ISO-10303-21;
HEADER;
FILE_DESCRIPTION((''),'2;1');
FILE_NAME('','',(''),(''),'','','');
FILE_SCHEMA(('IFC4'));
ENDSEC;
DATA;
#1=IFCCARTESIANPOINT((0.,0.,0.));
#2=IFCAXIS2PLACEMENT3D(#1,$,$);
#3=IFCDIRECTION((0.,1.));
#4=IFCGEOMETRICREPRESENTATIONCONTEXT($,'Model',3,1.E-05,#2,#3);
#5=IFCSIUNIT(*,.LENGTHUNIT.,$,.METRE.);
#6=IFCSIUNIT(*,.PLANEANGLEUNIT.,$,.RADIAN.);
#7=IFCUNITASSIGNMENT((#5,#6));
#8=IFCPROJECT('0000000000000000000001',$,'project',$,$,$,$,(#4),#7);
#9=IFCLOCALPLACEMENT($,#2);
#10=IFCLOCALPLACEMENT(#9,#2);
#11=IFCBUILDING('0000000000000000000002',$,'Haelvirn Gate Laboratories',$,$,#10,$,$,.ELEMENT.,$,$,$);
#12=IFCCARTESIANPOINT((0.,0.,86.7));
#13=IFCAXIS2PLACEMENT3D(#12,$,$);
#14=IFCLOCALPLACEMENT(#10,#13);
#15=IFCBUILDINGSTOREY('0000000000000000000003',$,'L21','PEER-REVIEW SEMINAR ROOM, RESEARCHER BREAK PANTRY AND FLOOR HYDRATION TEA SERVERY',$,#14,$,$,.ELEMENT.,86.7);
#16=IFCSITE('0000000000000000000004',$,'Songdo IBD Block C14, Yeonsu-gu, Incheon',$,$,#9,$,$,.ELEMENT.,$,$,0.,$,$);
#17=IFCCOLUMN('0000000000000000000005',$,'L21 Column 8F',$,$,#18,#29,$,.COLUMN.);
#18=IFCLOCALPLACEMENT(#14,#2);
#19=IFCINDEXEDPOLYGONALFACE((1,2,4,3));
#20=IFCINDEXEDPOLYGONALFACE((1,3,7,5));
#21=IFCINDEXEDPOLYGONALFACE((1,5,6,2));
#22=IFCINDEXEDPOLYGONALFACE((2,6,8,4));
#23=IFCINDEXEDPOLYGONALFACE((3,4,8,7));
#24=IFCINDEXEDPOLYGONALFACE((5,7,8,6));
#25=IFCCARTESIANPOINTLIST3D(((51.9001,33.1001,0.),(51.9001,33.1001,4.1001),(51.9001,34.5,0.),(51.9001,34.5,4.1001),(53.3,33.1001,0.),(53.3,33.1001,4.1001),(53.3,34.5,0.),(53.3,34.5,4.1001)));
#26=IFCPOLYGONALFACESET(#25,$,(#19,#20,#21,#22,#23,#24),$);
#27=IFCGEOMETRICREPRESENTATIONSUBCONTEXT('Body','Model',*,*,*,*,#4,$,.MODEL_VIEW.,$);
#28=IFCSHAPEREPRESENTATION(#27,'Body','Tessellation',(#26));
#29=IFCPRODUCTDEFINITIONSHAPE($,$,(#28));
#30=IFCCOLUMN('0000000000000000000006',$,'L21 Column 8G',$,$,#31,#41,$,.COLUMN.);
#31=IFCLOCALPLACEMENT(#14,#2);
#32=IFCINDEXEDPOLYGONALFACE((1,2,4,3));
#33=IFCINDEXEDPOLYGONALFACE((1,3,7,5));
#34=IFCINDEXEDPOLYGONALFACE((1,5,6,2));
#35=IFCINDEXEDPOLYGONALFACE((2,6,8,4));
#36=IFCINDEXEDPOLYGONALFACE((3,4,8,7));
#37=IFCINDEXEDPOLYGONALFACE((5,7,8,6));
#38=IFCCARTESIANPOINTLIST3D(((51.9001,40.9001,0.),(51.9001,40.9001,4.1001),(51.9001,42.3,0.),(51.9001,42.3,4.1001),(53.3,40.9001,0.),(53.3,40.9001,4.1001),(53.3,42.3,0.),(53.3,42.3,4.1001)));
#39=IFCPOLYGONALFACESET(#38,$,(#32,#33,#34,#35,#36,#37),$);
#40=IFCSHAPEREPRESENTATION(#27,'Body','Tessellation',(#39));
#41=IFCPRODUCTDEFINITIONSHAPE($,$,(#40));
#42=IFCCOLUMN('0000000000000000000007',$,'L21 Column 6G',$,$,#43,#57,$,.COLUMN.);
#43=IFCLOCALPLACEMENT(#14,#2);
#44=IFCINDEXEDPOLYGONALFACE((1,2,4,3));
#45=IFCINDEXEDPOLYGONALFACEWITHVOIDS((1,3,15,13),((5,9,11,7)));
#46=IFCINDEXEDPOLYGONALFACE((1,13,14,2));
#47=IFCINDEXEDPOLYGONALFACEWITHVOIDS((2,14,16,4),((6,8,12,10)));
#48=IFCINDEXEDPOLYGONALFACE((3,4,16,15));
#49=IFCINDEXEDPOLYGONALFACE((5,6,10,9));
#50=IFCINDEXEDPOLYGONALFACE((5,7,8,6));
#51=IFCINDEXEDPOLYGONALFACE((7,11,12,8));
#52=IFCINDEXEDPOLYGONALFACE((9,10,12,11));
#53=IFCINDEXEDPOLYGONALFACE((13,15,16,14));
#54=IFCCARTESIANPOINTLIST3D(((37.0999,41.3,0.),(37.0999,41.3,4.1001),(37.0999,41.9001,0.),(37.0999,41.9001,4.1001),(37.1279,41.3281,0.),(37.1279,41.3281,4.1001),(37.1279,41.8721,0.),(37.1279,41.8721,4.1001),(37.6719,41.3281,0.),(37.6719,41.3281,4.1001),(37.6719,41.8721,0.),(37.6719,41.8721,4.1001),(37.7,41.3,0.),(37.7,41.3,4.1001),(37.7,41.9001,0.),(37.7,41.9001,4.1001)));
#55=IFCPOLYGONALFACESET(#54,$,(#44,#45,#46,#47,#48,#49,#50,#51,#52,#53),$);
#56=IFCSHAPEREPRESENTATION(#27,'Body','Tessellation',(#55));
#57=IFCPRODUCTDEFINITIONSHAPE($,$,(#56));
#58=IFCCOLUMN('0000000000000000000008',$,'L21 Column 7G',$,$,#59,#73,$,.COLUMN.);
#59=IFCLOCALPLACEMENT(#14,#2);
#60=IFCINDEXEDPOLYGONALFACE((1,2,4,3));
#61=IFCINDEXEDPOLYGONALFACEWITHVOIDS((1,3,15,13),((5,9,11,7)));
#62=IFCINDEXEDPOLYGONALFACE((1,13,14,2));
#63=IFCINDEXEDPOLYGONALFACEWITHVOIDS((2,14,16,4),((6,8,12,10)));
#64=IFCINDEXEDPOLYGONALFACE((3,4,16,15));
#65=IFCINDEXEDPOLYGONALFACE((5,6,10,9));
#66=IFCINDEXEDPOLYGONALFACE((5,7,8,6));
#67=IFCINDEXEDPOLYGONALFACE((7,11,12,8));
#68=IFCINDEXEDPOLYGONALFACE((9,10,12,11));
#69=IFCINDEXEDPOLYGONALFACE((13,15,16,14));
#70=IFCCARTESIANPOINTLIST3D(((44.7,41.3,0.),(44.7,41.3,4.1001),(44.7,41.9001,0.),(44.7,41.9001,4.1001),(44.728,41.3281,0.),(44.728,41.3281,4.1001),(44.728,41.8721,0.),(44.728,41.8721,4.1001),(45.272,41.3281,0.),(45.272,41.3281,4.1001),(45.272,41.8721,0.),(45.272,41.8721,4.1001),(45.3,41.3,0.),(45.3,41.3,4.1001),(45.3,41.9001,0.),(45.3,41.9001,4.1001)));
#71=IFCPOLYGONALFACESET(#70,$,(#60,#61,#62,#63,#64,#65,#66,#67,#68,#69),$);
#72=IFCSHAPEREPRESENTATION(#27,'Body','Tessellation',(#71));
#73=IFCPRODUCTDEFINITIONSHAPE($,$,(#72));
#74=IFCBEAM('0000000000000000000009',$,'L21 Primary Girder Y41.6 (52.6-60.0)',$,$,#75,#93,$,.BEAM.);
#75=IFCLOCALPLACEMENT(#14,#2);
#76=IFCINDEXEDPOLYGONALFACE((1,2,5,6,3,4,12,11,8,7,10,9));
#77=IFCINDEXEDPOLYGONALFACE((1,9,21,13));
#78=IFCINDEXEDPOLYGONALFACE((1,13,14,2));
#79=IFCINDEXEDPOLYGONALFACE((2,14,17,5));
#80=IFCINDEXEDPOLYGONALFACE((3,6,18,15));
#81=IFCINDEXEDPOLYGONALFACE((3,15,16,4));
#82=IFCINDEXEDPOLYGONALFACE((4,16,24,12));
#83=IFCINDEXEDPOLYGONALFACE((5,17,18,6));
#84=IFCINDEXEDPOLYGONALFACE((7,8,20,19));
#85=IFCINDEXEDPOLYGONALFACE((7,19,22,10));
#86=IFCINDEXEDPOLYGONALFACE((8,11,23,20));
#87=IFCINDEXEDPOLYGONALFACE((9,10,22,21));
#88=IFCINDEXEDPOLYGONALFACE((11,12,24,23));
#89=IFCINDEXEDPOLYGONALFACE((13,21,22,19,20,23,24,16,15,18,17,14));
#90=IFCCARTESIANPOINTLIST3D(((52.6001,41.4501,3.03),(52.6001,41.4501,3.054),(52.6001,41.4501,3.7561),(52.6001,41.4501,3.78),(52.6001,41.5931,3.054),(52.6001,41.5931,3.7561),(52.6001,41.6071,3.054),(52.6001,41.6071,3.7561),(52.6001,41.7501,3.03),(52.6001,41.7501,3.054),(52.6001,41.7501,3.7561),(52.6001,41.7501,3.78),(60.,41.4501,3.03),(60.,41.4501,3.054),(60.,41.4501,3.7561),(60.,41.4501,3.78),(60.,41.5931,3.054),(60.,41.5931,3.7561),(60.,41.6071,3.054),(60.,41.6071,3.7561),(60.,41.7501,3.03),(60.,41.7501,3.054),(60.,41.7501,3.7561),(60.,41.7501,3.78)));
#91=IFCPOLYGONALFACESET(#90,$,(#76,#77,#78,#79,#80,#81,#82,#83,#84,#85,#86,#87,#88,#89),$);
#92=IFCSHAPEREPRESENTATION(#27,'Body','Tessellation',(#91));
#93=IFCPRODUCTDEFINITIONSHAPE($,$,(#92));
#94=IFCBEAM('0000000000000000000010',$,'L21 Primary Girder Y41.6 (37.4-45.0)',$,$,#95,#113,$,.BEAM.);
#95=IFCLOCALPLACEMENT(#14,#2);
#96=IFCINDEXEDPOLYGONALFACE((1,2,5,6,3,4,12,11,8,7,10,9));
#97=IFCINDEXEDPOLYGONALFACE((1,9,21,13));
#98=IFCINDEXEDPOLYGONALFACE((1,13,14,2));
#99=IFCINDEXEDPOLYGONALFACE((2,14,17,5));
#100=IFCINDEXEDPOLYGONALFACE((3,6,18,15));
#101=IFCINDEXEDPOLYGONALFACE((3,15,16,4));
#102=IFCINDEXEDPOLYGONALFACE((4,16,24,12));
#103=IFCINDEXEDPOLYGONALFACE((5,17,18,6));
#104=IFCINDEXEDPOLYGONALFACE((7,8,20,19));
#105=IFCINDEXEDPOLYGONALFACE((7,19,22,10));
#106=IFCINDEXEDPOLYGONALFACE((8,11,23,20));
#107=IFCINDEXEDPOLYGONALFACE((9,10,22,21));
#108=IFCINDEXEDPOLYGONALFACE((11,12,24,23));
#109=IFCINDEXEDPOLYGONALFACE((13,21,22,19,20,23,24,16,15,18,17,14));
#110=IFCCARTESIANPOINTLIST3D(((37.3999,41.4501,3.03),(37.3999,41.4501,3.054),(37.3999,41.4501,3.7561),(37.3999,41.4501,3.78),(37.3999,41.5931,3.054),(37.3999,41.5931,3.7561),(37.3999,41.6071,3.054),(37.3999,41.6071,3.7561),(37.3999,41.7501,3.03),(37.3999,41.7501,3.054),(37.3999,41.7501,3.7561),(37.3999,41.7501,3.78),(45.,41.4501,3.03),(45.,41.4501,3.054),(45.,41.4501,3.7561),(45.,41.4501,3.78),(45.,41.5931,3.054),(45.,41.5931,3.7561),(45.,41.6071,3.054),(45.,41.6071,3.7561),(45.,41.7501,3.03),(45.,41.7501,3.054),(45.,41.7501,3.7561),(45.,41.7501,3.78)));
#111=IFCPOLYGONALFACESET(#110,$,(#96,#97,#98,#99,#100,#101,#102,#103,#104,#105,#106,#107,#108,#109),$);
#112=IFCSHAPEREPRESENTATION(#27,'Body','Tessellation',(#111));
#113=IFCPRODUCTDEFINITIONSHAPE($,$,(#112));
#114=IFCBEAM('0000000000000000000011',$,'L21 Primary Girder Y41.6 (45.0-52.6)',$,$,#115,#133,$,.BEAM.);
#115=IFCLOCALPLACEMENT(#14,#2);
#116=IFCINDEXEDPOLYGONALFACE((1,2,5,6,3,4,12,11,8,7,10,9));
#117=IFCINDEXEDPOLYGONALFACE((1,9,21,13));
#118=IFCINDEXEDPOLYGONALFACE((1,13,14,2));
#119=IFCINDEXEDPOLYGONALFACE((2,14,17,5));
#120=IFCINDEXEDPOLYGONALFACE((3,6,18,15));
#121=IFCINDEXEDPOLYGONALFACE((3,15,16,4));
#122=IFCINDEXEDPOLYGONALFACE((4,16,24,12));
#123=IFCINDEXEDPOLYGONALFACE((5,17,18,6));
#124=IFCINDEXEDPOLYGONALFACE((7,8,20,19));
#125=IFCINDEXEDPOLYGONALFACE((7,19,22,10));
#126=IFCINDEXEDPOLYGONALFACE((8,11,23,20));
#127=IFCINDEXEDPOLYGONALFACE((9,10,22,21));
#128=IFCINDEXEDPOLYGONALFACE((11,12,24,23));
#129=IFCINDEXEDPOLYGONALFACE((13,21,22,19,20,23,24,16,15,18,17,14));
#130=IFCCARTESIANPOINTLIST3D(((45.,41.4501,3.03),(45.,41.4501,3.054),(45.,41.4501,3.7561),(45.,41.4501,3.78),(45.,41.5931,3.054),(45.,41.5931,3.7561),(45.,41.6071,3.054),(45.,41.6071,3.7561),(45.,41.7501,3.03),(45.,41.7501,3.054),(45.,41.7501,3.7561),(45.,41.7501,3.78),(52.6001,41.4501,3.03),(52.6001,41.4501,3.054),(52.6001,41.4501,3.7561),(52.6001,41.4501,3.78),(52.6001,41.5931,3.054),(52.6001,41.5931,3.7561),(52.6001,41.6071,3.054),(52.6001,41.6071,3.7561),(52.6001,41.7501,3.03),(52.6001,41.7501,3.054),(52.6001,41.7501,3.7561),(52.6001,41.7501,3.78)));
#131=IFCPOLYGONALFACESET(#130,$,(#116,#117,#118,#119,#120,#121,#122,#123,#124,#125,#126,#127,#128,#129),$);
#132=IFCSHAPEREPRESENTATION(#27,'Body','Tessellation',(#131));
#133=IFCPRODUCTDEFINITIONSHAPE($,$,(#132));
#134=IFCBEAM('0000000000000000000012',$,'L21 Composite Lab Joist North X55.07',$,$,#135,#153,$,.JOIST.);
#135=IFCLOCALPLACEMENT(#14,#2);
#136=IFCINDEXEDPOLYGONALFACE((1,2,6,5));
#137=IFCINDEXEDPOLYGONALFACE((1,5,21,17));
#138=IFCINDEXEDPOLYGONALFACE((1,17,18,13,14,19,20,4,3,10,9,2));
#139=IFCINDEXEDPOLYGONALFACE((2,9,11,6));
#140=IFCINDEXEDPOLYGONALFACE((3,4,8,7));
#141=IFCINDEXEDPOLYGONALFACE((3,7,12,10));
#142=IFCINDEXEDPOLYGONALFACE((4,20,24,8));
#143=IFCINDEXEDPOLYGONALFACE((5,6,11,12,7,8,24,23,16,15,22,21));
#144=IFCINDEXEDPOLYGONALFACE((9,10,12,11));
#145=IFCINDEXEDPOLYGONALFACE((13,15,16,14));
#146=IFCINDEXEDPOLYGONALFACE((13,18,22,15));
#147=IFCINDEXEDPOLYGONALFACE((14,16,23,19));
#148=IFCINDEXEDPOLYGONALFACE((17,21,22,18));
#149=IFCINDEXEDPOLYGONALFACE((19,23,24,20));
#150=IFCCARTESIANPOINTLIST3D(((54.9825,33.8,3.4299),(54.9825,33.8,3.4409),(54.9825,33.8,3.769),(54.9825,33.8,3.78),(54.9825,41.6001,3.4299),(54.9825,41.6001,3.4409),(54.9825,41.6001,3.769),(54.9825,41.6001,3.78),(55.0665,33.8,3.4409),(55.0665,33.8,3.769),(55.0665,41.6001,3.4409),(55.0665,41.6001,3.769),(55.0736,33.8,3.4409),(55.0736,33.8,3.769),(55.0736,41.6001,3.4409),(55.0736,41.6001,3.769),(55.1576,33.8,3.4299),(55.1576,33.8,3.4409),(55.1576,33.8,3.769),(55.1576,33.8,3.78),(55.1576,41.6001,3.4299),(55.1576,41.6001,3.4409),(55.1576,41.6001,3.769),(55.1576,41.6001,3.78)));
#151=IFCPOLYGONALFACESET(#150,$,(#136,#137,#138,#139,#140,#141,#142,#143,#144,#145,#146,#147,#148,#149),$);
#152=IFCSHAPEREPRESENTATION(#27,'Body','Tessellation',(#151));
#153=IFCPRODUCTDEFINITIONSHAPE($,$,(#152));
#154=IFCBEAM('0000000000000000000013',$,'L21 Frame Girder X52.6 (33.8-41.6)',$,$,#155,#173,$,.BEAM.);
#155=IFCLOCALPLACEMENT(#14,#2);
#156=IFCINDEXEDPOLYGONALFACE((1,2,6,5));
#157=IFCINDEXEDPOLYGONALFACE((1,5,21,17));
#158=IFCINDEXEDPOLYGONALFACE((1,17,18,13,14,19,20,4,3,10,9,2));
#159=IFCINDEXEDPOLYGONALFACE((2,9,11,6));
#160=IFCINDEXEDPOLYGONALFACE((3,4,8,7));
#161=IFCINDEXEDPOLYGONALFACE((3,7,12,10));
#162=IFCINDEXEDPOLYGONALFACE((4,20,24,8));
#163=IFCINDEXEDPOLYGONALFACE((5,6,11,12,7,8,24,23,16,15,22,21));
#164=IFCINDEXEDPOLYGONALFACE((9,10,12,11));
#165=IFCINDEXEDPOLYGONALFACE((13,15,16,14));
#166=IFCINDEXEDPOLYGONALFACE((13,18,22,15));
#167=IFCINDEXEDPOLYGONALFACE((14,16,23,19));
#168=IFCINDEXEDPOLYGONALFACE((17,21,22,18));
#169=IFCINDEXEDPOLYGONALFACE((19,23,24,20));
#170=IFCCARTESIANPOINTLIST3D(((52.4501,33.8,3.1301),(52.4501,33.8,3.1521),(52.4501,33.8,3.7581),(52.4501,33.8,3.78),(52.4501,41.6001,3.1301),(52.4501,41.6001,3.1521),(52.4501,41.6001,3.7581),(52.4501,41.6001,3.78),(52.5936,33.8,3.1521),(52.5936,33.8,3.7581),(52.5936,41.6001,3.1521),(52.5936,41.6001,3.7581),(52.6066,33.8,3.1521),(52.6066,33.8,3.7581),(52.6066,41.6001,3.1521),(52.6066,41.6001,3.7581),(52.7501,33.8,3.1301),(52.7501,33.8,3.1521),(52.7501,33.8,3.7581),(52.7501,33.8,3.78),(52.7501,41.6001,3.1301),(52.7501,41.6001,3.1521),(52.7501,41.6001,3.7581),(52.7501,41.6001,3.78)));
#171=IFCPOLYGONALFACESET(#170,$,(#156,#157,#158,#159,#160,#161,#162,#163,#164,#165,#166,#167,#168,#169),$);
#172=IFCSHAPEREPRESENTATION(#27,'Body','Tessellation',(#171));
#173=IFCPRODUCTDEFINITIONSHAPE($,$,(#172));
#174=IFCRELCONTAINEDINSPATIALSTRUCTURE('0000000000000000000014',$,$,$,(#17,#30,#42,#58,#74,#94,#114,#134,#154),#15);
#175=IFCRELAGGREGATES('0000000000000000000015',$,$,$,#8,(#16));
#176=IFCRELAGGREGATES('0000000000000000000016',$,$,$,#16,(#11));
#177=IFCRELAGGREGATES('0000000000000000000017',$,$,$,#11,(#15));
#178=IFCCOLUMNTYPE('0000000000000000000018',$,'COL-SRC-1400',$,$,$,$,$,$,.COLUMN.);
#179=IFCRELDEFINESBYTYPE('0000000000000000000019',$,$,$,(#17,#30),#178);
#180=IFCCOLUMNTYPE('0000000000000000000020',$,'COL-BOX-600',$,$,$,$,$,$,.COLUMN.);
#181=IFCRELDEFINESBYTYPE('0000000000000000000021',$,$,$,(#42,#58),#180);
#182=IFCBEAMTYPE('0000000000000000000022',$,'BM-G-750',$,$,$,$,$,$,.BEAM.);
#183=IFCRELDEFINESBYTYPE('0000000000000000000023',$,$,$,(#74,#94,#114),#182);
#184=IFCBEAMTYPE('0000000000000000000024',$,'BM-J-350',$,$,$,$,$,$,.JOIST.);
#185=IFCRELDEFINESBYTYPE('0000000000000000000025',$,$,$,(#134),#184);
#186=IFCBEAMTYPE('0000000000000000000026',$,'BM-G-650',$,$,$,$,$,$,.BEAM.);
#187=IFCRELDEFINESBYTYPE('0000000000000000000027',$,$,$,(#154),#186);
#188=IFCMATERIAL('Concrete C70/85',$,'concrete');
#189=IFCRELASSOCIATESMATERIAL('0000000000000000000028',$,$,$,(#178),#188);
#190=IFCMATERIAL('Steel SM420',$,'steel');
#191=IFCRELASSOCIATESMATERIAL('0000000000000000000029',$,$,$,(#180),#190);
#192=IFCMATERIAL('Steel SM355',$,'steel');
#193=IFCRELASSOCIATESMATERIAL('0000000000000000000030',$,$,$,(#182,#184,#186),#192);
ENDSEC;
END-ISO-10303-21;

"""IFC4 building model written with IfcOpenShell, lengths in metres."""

from ifc_helpers import new_model, si_unit, direction, frame, origin, origin_2d, place, context, subcontext, project, spatial, rectangle, hollow_rectangle, i_section, extrude, source, transform, mapped, material, material_profile, profile_set, type_object, type_shapes, element, save


model = new_model("IFC4")

# Units and contexts
model_context = context("Model", 3, precision=1e-05, world=origin(), true_north=direction((0.0, 1.0)))
body_context = subcontext(model_context, "Body", "Model", "MODEL_VIEW")
ifc_project = project(units=[si_unit("LENGTHUNIT", "METRE"), si_unit("PLANEANGLEUNIT", "RADIAN")], contexts=[model_context])

# Site, building, storey
site_placement = place(None, origin())
site = spatial("IfcSite", under=ifc_project, at=site_placement, Name="Songdo IBD Block C14, Yeonsu-gu, Incheon", CompositionType="ELEMENT", RefElevation=0.0)
building_placement = place(site_placement, origin())
building = spatial("IfcBuilding", under=site, at=building_placement, Name="Haelvirn Gate Laboratories", CompositionType="ELEMENT")
storey_placement = place(building_placement, frame((0.0, 0.0, 86.7)))
storey = spatial("IfcBuildingStorey", under=building, at=storey_placement, Name="L21", Description="PEER-REVIEW SEMINAR ROOM, RESEARCHER BREAK PANTRY AND FLOOR HYDRATION TEA SERVERY", CompositionType="ELEMENT", Elevation=86.7)

# Columns
ifc_material_1 = material(Name="Concrete C70/85", Category="concrete")
ifc_material_profile_1 = material_profile(ifc_material_1, rectangle(XDim=1.3999, YDim=1.3999, at=origin_2d()), Name="SRC-1400x1400")
ifc_profile_set_1 = profile_set([ifc_material_profile_1], Name="Concrete C70/85")
column_type_1 = type_object("IfcColumnType", Name="COL-SRC-1400", PredefinedType="COLUMN", material=ifc_profile_set_1)
shared_shape_1 = source(origin(), body_context, "Body", "SweptSolid", [
    extrude(rectangle(XDim=1.3999, YDim=1.3999, at=origin_2d()), origin(), (0.0, 0.0, 1.0), 4.1001),
])
type_shapes(column_type_1, [shared_shape_1])
for number, where, z_axis, x_axis, name in (
    (1, (52.6001, 33.8, 0.0), (0.0, 0.0, 1.0), (1.0, 0.0, 0.0), "L21 Column 8F"),
    (2, (52.6001, 41.6001, 0.0), (0.0, 0.0, 1.0), (1.0, 0.0, 0.0), "L21 Column 8G"),
):
    element("IfcColumn", number, at=place(storey_placement, frame(where, z_axis=z_axis, x_axis=x_axis)), inside=storey, type_object=column_type_1, Name=name, PredefinedType="COLUMN", context=body_context, shape_type="MappedRepresentation", body=[
        mapped(shared_shape_1, transform((0.0, 0.0, 0.0), scale=1.0)),
    ])
ifc_material_2 = material(Name="Steel SM420", Category="steel")
ifc_material_profile_2 = material_profile(ifc_material_2, hollow_rectangle(XDim=0.6001, YDim=0.6001, WallThickness=0.0281, at=origin_2d()), Name="BOX-600x600x28")
ifc_profile_set_2 = profile_set([ifc_material_profile_2], Name="Steel SM420")
column_type_2 = type_object("IfcColumnType", Name="COL-BOX-600", PredefinedType="COLUMN", material=ifc_profile_set_2)
shared_shape_2 = source(origin(), body_context, "Body", "SweptSolid", [
    extrude(hollow_rectangle(XDim=0.6001, YDim=0.6001, WallThickness=0.0281, at=origin_2d()), origin(), (0.0, 0.0, 1.0), 4.1001),
])
type_shapes(column_type_2, [shared_shape_2])
for number, where, z_axis, x_axis, name in (
    (3, (37.3999, 41.6001, 0.0), (0.0, 0.0, 1.0), (1.0, 0.0, 0.0), "L21 Column 6G"),
    (4, (45.0, 41.6001, 0.0), (0.0, 0.0, 1.0), (1.0, 0.0, 0.0), "L21 Column 7G"),
):
    element("IfcColumn", number, at=place(storey_placement, frame(where, z_axis=z_axis, x_axis=x_axis)), inside=storey, type_object=column_type_2, Name=name, PredefinedType="COLUMN", context=body_context, shape_type="MappedRepresentation", body=[
        mapped(shared_shape_2, transform((0.0, 0.0, 0.0), scale=1.0)),
    ])

# Beams
ifc_material_3 = material(Name="Steel SM355", Category="steel")
ifc_material_profile_3 = material_profile(ifc_material_3, i_section(OverallWidth=0.3, OverallDepth=0.75, WebThickness=0.0139, FlangeThickness=0.0239, at=origin_2d()), Name="H-750x300x14x24")
ifc_profile_set_3 = profile_set([ifc_material_profile_3], Name="Steel SM355")
beam_type_1 = type_object("IfcBeamType", Name="BM-G-750", PredefinedType="BEAM", material=ifc_profile_set_3)
shared_shape_3 = source(origin(), body_context, "Body", "SweptSolid", [
    extrude(i_section(OverallWidth=0.3, OverallDepth=0.75, WebThickness=0.0139, FlangeThickness=0.0239, at=origin_2d()), origin(), (0.0, 0.0, 1.0), 7.3999),
])
beam_1_placement = place(storey_placement, frame((52.6001, 41.6001, 3.405), z_axis=(1.0, 0.0, 0.0), x_axis=(0.0, 1.0, 0.0)))
element("IfcBeam", 5, at=beam_1_placement, inside=storey, type_object=beam_type_1, Name="L21 Primary Girder Y41.6 (52.6-60.0)", PredefinedType="BEAM", context=body_context, shape_type="MappedRepresentation", body=[
    mapped(shared_shape_3, transform((0.0, 0.0, 0.0), scale=1.0)),
])
shared_shape_4 = source(origin(), body_context, "Body", "SweptSolid", [
    extrude(i_section(OverallWidth=0.3, OverallDepth=0.75, WebThickness=0.0139, FlangeThickness=0.0239, at=origin_2d()), origin(), (0.0, 0.0, 1.0), 7.6001),
])
type_shapes(beam_type_1, [shared_shape_3, shared_shape_4])
for number, where, z_axis, x_axis, name in (
    (6, (37.3999, 41.6001, 3.405), (1.0, 0.0, 0.0), (0.0, 1.0, 0.0), "L21 Primary Girder Y41.6 (37.4-45.0)"),
    (7, (45.0, 41.6001, 3.405), (1.0, 0.0, 0.0), (0.0, 1.0, 0.0), "L21 Primary Girder Y41.6 (45.0-52.6)"),
):
    element("IfcBeam", number, at=place(storey_placement, frame(where, z_axis=z_axis, x_axis=x_axis)), inside=storey, type_object=beam_type_1, Name=name, PredefinedType="BEAM", context=body_context, shape_type="MappedRepresentation", body=[
        mapped(shared_shape_4, transform((0.0, 0.0, 0.0), scale=1.0)),
    ])
ifc_material_profile_4 = material_profile(ifc_material_3, i_section(OverallWidth=0.175, OverallDepth=0.3501, WebThickness=0.0071, FlangeThickness=0.011, at=origin_2d()), Name="H-350x175x7x11")
ifc_profile_set_4 = profile_set([ifc_material_profile_4], Name="Steel SM355")
beam_type_2 = type_object("IfcBeamType", Name="BM-J-350", PredefinedType="JOIST", material=ifc_profile_set_4)
shared_shape_5 = source(origin(), body_context, "Body", "SweptSolid", [
    extrude(i_section(OverallWidth=0.175, OverallDepth=0.3501, WebThickness=0.0071, FlangeThickness=0.011, at=origin_2d()), origin(), (0.0, 0.0, 1.0), 7.8),
])
type_shapes(beam_type_2, [shared_shape_5])
beam_2_placement = place(storey_placement, frame((55.0701, 33.8, 3.605), z_axis=(0.0, 1.0, 0.0), x_axis=(-1.0, 0.0, 0.0)))
element("IfcBeam", 8, at=beam_2_placement, inside=storey, type_object=beam_type_2, Name="L21 Composite Lab Joist North X55.07", PredefinedType="JOIST", context=body_context, shape_type="MappedRepresentation", body=[
    mapped(shared_shape_5, transform((0.0, 0.0, 0.0), scale=1.0)),
])
ifc_material_profile_5 = material_profile(ifc_material_3, i_section(OverallWidth=0.3, OverallDepth=0.6499, WebThickness=0.0129, FlangeThickness=0.022, at=origin_2d()), Name="H-650x300x13x22")
ifc_profile_set_5 = profile_set([ifc_material_profile_5], Name="Steel SM355")
beam_type_3 = type_object("IfcBeamType", Name="BM-G-650", PredefinedType="BEAM", material=ifc_profile_set_5)
shared_shape_6 = source(origin(), body_context, "Body", "SweptSolid", [
    extrude(i_section(OverallWidth=0.3, OverallDepth=0.6499, WebThickness=0.0129, FlangeThickness=0.022, at=origin_2d()), origin(), (0.0, 0.0, 1.0), 7.8),
])
type_shapes(beam_type_3, [shared_shape_6])
beam_3_placement = place(storey_placement, frame((52.6001, 33.8, 3.4551), z_axis=(0.0, 1.0, 0.0), x_axis=(-1.0, 0.0, 0.0)))
element("IfcBeam", 9, at=beam_3_placement, inside=storey, type_object=beam_type_3, Name="L21 Frame Girder X52.6 (33.8-41.6)", PredefinedType="BEAM", context=body_context, shape_type="MappedRepresentation", body=[
    mapped(shared_shape_6, transform((0.0, 0.0, 0.0), scale=1.0)),
])

save(model, "model.ifc")
